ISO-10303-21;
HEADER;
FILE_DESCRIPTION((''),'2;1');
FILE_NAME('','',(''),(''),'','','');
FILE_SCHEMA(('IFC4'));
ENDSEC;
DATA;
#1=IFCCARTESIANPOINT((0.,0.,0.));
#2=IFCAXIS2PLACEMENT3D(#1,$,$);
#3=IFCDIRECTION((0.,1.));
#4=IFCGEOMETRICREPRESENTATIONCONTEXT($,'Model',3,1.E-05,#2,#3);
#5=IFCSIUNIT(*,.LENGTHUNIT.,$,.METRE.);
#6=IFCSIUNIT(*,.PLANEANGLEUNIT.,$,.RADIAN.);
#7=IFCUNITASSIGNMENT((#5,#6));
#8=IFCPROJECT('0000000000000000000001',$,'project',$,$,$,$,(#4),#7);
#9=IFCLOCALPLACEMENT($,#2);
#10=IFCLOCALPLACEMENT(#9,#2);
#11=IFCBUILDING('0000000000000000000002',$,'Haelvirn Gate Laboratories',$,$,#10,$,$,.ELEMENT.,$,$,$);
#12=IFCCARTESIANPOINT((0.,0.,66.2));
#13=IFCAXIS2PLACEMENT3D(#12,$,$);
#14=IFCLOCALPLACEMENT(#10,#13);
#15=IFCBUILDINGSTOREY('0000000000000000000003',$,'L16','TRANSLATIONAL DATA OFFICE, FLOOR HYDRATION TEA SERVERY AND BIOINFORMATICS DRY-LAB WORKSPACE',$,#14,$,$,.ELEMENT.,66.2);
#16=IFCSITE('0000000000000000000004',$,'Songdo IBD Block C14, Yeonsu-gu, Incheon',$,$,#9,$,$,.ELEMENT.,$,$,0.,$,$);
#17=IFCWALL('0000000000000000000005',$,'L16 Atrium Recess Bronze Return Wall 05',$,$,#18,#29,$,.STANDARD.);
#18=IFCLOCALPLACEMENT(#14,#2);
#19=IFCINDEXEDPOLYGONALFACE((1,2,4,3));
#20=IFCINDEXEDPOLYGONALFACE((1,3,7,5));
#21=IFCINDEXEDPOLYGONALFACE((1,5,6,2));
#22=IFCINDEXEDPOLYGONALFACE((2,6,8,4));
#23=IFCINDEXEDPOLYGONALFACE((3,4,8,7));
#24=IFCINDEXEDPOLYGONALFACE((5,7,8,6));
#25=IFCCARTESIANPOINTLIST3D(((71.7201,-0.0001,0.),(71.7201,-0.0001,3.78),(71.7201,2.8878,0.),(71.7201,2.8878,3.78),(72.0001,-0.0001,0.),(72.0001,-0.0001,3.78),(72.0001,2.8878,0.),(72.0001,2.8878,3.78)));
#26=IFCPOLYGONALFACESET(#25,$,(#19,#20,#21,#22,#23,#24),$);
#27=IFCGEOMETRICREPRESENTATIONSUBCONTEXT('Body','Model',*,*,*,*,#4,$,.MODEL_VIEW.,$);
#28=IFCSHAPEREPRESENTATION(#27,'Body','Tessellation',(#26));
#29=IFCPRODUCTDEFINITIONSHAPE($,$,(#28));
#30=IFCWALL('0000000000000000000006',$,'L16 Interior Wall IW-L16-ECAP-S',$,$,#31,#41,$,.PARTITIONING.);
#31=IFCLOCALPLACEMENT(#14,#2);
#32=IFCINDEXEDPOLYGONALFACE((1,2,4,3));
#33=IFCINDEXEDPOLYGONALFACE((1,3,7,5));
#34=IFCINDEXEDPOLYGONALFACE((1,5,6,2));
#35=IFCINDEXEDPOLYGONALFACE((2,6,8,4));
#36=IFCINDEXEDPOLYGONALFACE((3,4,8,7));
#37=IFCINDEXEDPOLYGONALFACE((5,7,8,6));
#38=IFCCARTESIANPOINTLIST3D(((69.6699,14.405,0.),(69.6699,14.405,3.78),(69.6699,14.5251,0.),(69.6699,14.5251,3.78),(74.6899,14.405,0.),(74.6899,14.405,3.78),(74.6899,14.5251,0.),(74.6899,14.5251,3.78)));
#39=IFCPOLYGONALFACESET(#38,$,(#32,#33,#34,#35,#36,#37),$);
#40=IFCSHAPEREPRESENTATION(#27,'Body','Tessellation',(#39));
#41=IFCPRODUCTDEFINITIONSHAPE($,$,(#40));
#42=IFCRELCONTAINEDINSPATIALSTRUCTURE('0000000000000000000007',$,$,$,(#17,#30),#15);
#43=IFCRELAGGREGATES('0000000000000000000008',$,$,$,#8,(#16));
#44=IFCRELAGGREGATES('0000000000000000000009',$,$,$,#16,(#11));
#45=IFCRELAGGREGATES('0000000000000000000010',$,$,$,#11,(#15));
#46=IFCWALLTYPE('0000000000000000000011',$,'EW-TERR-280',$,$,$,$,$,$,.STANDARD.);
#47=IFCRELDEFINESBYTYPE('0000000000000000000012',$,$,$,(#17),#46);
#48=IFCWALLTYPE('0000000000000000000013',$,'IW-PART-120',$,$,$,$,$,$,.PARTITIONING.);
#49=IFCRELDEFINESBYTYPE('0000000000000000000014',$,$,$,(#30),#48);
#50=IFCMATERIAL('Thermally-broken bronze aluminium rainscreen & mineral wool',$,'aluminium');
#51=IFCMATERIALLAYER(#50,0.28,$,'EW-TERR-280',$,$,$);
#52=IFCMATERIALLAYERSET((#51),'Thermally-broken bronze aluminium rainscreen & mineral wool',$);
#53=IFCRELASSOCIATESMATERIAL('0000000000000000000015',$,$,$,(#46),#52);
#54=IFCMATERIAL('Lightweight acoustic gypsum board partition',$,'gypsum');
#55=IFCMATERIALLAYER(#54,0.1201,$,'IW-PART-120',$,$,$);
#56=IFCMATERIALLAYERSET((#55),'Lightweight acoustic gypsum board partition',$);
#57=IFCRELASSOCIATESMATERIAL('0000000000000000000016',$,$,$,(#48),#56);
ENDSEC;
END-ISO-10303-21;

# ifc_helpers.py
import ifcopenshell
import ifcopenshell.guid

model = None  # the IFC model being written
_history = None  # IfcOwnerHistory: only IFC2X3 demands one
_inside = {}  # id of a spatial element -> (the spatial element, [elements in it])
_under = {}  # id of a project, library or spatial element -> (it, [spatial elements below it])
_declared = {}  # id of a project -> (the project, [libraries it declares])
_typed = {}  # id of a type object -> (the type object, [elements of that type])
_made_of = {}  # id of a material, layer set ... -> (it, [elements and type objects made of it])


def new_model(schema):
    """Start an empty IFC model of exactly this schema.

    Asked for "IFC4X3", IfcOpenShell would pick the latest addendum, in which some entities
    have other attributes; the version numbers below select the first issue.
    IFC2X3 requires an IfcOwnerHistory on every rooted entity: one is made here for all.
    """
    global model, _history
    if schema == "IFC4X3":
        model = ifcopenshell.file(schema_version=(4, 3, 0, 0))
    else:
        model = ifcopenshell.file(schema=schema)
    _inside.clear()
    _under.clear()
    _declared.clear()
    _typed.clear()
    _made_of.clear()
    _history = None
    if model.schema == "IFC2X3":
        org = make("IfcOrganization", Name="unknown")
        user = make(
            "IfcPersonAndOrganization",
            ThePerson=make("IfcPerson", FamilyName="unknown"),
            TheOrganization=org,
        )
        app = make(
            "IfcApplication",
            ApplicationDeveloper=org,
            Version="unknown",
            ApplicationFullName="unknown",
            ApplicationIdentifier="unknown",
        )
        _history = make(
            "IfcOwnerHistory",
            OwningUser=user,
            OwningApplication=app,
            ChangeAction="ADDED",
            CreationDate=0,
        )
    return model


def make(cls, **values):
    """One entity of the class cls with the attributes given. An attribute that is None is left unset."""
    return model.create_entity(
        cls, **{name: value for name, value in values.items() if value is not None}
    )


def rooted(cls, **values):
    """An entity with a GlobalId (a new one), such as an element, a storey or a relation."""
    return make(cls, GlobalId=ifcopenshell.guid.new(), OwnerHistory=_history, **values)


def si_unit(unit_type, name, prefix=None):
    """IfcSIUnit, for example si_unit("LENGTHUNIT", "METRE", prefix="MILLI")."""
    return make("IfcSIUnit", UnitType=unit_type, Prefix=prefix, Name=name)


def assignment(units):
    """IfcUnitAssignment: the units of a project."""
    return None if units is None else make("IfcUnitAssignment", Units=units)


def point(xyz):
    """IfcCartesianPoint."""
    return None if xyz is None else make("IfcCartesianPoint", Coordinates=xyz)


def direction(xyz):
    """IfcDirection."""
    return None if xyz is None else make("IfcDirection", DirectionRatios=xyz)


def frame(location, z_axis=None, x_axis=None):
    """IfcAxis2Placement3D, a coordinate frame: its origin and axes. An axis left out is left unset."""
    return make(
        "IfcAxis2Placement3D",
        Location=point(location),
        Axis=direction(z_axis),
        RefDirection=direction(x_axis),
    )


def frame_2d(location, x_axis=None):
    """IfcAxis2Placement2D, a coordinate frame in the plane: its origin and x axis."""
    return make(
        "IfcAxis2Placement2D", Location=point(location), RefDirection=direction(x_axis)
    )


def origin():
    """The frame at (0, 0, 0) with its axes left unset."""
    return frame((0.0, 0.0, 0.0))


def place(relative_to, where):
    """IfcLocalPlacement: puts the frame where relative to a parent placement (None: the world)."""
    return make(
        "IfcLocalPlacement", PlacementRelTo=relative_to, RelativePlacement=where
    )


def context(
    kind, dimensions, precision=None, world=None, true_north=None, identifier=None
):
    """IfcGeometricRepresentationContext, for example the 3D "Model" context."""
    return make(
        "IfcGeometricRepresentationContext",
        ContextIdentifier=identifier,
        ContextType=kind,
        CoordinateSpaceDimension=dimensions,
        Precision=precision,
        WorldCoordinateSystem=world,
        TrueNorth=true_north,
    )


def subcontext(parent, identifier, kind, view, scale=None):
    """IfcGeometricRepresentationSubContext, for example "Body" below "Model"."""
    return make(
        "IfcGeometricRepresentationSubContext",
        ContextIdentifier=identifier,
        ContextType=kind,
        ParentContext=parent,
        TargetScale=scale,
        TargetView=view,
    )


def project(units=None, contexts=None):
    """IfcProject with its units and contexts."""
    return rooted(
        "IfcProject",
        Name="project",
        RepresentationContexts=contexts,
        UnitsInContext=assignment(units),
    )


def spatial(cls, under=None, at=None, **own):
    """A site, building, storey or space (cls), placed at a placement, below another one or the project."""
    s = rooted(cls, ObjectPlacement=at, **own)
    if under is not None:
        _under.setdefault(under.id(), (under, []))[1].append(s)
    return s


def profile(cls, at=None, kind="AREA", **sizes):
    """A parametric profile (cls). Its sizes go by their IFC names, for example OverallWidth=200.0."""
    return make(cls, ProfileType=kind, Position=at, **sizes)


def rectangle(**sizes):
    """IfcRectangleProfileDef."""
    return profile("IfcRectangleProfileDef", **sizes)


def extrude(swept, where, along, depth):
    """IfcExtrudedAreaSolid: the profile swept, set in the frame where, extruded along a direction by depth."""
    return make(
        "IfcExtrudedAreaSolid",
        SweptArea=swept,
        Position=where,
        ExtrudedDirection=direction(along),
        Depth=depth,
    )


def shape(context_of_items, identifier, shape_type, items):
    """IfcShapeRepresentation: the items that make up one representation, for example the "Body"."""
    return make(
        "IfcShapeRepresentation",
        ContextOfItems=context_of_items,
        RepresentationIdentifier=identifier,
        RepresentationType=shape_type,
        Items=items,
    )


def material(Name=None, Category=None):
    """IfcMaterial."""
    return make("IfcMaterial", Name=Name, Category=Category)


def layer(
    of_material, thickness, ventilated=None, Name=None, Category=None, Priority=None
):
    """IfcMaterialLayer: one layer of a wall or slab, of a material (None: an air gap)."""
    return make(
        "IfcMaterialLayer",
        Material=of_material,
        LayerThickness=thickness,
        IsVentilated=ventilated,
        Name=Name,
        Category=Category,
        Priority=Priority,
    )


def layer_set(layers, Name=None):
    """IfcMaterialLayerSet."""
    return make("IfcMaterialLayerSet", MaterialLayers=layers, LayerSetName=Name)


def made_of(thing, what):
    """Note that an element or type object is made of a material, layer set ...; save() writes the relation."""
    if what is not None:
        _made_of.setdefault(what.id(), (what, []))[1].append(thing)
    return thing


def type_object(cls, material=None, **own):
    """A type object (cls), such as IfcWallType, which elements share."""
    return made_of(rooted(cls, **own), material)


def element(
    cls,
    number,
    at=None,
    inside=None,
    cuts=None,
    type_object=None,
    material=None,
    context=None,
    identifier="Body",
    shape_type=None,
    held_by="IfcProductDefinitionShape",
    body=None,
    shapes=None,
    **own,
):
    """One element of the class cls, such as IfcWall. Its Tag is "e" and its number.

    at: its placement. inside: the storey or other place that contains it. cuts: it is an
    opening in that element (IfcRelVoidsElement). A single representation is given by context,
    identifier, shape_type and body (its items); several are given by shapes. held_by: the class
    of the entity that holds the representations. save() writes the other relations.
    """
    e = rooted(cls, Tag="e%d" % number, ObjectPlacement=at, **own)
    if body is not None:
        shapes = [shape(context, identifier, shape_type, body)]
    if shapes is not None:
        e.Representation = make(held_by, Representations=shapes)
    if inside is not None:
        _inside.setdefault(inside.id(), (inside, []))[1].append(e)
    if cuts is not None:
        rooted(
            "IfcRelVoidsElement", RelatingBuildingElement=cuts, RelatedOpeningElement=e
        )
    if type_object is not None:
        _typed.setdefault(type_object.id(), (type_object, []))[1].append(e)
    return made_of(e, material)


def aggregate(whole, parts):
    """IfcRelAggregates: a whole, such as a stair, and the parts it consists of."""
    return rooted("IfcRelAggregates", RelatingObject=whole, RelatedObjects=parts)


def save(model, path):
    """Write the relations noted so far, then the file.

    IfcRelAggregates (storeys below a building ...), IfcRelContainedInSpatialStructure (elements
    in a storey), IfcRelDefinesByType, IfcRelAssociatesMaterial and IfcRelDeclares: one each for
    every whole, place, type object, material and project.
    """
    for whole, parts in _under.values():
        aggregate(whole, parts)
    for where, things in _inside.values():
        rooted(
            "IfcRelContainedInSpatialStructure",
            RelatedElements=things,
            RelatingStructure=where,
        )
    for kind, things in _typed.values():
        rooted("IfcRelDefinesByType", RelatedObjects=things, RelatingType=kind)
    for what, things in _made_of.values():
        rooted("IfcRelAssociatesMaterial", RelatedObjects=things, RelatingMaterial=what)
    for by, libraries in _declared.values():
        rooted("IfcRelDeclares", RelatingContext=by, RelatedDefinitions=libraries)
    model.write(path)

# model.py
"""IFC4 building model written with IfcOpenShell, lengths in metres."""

from ifc_helpers import new_model, si_unit, direction, frame, frame_2d, origin, place, context, subcontext, project, spatial, rectangle, extrude, material, layer, layer_set, type_object, element, save


model = new_model("IFC4")

# Units and contexts
model_context = context("Model", 3, precision=1e-05, world=origin(), true_north=direction((0.0, 1.0)))
body_context = subcontext(model_context, "Body", "Model", "MODEL_VIEW")
ifc_project = project(units=[si_unit("LENGTHUNIT", "METRE"), si_unit("PLANEANGLEUNIT", "RADIAN")], contexts=[model_context])

# Site, building, storey
site_placement = place(None, origin())
site = spatial("IfcSite", under=ifc_project, at=site_placement, Name="Songdo IBD Block C14, Yeonsu-gu, Incheon", CompositionType="ELEMENT", RefElevation=0.0)
building_placement = place(site_placement, origin())
building = spatial("IfcBuilding", under=site, at=building_placement, Name="Haelvirn Gate Laboratories", CompositionType="ELEMENT")
storey_placement = place(building_placement, frame((0.0, 0.0, 66.2)))
storey = spatial("IfcBuildingStorey", under=building, at=storey_placement, Name="L16", Description="TRANSLATIONAL DATA OFFICE, FLOOR HYDRATION TEA SERVERY AND BIOINFORMATICS DRY-LAB WORKSPACE", CompositionType="ELEMENT", Elevation=66.2)

# Walls
ifc_material_1 = material(Name="Thermally-broken bronze aluminium rainscreen & mineral wool", Category="aluminium")
ifc_layer_1 = layer(ifc_material_1, 0.28, Name="EW-TERR-280")
ifc_layer_set_1 = layer_set([ifc_layer_1], Name="Thermally-broken bronze aluminium rainscreen & mineral wool")
wall_type_1 = type_object("IfcWallType", Name="EW-TERR-280", PredefinedType="STANDARD", material=ifc_layer_set_1)
wall_1_placement = place(storey_placement, frame((71.8601, 0.0, 0.0), z_axis=(0.0, 0.0, 1.0), x_axis=(0.0, 1.0, 0.0)))
element("IfcWall", 1, at=wall_1_placement, inside=storey, type_object=wall_type_1, Name="L16 Atrium Recess Bronze Return Wall 05", PredefinedType="STANDARD", context=body_context, shape_type="SweptSolid", body=[
    extrude(rectangle(XDim=2.8879, YDim=0.28, at=frame_2d((1.4438, 0.0))), origin(), (0.0, 0.0, 1.0), 3.78),
])
ifc_material_2 = material(Name="Lightweight acoustic gypsum board partition", Category="gypsum")
ifc_layer_2 = layer(ifc_material_2, 0.1201, Name="IW-PART-120")
ifc_layer_set_2 = layer_set([ifc_layer_2], Name="Lightweight acoustic gypsum board partition")
wall_type_2 = type_object("IfcWallType", Name="IW-PART-120", PredefinedType="PARTITIONING", material=ifc_layer_set_2)
wall_2_placement = place(storey_placement, frame((69.6699, 14.4651, 0.0), z_axis=(0.0, 0.0, 1.0), x_axis=(1.0, 0.0, 0.0)))
element("IfcWall", 2, at=wall_2_placement, inside=storey, type_object=wall_type_2, Name="L16 Interior Wall IW-L16-ECAP-S", PredefinedType="PARTITIONING", context=body_context, shape_type="SweptSolid", body=[
    extrude(rectangle(XDim=5.02, YDim=0.1201, at=frame_2d((2.51, 0.0))), origin(), (0.0, 0.0, 1.0), 3.78),
])

save(model, "model.ifc")
